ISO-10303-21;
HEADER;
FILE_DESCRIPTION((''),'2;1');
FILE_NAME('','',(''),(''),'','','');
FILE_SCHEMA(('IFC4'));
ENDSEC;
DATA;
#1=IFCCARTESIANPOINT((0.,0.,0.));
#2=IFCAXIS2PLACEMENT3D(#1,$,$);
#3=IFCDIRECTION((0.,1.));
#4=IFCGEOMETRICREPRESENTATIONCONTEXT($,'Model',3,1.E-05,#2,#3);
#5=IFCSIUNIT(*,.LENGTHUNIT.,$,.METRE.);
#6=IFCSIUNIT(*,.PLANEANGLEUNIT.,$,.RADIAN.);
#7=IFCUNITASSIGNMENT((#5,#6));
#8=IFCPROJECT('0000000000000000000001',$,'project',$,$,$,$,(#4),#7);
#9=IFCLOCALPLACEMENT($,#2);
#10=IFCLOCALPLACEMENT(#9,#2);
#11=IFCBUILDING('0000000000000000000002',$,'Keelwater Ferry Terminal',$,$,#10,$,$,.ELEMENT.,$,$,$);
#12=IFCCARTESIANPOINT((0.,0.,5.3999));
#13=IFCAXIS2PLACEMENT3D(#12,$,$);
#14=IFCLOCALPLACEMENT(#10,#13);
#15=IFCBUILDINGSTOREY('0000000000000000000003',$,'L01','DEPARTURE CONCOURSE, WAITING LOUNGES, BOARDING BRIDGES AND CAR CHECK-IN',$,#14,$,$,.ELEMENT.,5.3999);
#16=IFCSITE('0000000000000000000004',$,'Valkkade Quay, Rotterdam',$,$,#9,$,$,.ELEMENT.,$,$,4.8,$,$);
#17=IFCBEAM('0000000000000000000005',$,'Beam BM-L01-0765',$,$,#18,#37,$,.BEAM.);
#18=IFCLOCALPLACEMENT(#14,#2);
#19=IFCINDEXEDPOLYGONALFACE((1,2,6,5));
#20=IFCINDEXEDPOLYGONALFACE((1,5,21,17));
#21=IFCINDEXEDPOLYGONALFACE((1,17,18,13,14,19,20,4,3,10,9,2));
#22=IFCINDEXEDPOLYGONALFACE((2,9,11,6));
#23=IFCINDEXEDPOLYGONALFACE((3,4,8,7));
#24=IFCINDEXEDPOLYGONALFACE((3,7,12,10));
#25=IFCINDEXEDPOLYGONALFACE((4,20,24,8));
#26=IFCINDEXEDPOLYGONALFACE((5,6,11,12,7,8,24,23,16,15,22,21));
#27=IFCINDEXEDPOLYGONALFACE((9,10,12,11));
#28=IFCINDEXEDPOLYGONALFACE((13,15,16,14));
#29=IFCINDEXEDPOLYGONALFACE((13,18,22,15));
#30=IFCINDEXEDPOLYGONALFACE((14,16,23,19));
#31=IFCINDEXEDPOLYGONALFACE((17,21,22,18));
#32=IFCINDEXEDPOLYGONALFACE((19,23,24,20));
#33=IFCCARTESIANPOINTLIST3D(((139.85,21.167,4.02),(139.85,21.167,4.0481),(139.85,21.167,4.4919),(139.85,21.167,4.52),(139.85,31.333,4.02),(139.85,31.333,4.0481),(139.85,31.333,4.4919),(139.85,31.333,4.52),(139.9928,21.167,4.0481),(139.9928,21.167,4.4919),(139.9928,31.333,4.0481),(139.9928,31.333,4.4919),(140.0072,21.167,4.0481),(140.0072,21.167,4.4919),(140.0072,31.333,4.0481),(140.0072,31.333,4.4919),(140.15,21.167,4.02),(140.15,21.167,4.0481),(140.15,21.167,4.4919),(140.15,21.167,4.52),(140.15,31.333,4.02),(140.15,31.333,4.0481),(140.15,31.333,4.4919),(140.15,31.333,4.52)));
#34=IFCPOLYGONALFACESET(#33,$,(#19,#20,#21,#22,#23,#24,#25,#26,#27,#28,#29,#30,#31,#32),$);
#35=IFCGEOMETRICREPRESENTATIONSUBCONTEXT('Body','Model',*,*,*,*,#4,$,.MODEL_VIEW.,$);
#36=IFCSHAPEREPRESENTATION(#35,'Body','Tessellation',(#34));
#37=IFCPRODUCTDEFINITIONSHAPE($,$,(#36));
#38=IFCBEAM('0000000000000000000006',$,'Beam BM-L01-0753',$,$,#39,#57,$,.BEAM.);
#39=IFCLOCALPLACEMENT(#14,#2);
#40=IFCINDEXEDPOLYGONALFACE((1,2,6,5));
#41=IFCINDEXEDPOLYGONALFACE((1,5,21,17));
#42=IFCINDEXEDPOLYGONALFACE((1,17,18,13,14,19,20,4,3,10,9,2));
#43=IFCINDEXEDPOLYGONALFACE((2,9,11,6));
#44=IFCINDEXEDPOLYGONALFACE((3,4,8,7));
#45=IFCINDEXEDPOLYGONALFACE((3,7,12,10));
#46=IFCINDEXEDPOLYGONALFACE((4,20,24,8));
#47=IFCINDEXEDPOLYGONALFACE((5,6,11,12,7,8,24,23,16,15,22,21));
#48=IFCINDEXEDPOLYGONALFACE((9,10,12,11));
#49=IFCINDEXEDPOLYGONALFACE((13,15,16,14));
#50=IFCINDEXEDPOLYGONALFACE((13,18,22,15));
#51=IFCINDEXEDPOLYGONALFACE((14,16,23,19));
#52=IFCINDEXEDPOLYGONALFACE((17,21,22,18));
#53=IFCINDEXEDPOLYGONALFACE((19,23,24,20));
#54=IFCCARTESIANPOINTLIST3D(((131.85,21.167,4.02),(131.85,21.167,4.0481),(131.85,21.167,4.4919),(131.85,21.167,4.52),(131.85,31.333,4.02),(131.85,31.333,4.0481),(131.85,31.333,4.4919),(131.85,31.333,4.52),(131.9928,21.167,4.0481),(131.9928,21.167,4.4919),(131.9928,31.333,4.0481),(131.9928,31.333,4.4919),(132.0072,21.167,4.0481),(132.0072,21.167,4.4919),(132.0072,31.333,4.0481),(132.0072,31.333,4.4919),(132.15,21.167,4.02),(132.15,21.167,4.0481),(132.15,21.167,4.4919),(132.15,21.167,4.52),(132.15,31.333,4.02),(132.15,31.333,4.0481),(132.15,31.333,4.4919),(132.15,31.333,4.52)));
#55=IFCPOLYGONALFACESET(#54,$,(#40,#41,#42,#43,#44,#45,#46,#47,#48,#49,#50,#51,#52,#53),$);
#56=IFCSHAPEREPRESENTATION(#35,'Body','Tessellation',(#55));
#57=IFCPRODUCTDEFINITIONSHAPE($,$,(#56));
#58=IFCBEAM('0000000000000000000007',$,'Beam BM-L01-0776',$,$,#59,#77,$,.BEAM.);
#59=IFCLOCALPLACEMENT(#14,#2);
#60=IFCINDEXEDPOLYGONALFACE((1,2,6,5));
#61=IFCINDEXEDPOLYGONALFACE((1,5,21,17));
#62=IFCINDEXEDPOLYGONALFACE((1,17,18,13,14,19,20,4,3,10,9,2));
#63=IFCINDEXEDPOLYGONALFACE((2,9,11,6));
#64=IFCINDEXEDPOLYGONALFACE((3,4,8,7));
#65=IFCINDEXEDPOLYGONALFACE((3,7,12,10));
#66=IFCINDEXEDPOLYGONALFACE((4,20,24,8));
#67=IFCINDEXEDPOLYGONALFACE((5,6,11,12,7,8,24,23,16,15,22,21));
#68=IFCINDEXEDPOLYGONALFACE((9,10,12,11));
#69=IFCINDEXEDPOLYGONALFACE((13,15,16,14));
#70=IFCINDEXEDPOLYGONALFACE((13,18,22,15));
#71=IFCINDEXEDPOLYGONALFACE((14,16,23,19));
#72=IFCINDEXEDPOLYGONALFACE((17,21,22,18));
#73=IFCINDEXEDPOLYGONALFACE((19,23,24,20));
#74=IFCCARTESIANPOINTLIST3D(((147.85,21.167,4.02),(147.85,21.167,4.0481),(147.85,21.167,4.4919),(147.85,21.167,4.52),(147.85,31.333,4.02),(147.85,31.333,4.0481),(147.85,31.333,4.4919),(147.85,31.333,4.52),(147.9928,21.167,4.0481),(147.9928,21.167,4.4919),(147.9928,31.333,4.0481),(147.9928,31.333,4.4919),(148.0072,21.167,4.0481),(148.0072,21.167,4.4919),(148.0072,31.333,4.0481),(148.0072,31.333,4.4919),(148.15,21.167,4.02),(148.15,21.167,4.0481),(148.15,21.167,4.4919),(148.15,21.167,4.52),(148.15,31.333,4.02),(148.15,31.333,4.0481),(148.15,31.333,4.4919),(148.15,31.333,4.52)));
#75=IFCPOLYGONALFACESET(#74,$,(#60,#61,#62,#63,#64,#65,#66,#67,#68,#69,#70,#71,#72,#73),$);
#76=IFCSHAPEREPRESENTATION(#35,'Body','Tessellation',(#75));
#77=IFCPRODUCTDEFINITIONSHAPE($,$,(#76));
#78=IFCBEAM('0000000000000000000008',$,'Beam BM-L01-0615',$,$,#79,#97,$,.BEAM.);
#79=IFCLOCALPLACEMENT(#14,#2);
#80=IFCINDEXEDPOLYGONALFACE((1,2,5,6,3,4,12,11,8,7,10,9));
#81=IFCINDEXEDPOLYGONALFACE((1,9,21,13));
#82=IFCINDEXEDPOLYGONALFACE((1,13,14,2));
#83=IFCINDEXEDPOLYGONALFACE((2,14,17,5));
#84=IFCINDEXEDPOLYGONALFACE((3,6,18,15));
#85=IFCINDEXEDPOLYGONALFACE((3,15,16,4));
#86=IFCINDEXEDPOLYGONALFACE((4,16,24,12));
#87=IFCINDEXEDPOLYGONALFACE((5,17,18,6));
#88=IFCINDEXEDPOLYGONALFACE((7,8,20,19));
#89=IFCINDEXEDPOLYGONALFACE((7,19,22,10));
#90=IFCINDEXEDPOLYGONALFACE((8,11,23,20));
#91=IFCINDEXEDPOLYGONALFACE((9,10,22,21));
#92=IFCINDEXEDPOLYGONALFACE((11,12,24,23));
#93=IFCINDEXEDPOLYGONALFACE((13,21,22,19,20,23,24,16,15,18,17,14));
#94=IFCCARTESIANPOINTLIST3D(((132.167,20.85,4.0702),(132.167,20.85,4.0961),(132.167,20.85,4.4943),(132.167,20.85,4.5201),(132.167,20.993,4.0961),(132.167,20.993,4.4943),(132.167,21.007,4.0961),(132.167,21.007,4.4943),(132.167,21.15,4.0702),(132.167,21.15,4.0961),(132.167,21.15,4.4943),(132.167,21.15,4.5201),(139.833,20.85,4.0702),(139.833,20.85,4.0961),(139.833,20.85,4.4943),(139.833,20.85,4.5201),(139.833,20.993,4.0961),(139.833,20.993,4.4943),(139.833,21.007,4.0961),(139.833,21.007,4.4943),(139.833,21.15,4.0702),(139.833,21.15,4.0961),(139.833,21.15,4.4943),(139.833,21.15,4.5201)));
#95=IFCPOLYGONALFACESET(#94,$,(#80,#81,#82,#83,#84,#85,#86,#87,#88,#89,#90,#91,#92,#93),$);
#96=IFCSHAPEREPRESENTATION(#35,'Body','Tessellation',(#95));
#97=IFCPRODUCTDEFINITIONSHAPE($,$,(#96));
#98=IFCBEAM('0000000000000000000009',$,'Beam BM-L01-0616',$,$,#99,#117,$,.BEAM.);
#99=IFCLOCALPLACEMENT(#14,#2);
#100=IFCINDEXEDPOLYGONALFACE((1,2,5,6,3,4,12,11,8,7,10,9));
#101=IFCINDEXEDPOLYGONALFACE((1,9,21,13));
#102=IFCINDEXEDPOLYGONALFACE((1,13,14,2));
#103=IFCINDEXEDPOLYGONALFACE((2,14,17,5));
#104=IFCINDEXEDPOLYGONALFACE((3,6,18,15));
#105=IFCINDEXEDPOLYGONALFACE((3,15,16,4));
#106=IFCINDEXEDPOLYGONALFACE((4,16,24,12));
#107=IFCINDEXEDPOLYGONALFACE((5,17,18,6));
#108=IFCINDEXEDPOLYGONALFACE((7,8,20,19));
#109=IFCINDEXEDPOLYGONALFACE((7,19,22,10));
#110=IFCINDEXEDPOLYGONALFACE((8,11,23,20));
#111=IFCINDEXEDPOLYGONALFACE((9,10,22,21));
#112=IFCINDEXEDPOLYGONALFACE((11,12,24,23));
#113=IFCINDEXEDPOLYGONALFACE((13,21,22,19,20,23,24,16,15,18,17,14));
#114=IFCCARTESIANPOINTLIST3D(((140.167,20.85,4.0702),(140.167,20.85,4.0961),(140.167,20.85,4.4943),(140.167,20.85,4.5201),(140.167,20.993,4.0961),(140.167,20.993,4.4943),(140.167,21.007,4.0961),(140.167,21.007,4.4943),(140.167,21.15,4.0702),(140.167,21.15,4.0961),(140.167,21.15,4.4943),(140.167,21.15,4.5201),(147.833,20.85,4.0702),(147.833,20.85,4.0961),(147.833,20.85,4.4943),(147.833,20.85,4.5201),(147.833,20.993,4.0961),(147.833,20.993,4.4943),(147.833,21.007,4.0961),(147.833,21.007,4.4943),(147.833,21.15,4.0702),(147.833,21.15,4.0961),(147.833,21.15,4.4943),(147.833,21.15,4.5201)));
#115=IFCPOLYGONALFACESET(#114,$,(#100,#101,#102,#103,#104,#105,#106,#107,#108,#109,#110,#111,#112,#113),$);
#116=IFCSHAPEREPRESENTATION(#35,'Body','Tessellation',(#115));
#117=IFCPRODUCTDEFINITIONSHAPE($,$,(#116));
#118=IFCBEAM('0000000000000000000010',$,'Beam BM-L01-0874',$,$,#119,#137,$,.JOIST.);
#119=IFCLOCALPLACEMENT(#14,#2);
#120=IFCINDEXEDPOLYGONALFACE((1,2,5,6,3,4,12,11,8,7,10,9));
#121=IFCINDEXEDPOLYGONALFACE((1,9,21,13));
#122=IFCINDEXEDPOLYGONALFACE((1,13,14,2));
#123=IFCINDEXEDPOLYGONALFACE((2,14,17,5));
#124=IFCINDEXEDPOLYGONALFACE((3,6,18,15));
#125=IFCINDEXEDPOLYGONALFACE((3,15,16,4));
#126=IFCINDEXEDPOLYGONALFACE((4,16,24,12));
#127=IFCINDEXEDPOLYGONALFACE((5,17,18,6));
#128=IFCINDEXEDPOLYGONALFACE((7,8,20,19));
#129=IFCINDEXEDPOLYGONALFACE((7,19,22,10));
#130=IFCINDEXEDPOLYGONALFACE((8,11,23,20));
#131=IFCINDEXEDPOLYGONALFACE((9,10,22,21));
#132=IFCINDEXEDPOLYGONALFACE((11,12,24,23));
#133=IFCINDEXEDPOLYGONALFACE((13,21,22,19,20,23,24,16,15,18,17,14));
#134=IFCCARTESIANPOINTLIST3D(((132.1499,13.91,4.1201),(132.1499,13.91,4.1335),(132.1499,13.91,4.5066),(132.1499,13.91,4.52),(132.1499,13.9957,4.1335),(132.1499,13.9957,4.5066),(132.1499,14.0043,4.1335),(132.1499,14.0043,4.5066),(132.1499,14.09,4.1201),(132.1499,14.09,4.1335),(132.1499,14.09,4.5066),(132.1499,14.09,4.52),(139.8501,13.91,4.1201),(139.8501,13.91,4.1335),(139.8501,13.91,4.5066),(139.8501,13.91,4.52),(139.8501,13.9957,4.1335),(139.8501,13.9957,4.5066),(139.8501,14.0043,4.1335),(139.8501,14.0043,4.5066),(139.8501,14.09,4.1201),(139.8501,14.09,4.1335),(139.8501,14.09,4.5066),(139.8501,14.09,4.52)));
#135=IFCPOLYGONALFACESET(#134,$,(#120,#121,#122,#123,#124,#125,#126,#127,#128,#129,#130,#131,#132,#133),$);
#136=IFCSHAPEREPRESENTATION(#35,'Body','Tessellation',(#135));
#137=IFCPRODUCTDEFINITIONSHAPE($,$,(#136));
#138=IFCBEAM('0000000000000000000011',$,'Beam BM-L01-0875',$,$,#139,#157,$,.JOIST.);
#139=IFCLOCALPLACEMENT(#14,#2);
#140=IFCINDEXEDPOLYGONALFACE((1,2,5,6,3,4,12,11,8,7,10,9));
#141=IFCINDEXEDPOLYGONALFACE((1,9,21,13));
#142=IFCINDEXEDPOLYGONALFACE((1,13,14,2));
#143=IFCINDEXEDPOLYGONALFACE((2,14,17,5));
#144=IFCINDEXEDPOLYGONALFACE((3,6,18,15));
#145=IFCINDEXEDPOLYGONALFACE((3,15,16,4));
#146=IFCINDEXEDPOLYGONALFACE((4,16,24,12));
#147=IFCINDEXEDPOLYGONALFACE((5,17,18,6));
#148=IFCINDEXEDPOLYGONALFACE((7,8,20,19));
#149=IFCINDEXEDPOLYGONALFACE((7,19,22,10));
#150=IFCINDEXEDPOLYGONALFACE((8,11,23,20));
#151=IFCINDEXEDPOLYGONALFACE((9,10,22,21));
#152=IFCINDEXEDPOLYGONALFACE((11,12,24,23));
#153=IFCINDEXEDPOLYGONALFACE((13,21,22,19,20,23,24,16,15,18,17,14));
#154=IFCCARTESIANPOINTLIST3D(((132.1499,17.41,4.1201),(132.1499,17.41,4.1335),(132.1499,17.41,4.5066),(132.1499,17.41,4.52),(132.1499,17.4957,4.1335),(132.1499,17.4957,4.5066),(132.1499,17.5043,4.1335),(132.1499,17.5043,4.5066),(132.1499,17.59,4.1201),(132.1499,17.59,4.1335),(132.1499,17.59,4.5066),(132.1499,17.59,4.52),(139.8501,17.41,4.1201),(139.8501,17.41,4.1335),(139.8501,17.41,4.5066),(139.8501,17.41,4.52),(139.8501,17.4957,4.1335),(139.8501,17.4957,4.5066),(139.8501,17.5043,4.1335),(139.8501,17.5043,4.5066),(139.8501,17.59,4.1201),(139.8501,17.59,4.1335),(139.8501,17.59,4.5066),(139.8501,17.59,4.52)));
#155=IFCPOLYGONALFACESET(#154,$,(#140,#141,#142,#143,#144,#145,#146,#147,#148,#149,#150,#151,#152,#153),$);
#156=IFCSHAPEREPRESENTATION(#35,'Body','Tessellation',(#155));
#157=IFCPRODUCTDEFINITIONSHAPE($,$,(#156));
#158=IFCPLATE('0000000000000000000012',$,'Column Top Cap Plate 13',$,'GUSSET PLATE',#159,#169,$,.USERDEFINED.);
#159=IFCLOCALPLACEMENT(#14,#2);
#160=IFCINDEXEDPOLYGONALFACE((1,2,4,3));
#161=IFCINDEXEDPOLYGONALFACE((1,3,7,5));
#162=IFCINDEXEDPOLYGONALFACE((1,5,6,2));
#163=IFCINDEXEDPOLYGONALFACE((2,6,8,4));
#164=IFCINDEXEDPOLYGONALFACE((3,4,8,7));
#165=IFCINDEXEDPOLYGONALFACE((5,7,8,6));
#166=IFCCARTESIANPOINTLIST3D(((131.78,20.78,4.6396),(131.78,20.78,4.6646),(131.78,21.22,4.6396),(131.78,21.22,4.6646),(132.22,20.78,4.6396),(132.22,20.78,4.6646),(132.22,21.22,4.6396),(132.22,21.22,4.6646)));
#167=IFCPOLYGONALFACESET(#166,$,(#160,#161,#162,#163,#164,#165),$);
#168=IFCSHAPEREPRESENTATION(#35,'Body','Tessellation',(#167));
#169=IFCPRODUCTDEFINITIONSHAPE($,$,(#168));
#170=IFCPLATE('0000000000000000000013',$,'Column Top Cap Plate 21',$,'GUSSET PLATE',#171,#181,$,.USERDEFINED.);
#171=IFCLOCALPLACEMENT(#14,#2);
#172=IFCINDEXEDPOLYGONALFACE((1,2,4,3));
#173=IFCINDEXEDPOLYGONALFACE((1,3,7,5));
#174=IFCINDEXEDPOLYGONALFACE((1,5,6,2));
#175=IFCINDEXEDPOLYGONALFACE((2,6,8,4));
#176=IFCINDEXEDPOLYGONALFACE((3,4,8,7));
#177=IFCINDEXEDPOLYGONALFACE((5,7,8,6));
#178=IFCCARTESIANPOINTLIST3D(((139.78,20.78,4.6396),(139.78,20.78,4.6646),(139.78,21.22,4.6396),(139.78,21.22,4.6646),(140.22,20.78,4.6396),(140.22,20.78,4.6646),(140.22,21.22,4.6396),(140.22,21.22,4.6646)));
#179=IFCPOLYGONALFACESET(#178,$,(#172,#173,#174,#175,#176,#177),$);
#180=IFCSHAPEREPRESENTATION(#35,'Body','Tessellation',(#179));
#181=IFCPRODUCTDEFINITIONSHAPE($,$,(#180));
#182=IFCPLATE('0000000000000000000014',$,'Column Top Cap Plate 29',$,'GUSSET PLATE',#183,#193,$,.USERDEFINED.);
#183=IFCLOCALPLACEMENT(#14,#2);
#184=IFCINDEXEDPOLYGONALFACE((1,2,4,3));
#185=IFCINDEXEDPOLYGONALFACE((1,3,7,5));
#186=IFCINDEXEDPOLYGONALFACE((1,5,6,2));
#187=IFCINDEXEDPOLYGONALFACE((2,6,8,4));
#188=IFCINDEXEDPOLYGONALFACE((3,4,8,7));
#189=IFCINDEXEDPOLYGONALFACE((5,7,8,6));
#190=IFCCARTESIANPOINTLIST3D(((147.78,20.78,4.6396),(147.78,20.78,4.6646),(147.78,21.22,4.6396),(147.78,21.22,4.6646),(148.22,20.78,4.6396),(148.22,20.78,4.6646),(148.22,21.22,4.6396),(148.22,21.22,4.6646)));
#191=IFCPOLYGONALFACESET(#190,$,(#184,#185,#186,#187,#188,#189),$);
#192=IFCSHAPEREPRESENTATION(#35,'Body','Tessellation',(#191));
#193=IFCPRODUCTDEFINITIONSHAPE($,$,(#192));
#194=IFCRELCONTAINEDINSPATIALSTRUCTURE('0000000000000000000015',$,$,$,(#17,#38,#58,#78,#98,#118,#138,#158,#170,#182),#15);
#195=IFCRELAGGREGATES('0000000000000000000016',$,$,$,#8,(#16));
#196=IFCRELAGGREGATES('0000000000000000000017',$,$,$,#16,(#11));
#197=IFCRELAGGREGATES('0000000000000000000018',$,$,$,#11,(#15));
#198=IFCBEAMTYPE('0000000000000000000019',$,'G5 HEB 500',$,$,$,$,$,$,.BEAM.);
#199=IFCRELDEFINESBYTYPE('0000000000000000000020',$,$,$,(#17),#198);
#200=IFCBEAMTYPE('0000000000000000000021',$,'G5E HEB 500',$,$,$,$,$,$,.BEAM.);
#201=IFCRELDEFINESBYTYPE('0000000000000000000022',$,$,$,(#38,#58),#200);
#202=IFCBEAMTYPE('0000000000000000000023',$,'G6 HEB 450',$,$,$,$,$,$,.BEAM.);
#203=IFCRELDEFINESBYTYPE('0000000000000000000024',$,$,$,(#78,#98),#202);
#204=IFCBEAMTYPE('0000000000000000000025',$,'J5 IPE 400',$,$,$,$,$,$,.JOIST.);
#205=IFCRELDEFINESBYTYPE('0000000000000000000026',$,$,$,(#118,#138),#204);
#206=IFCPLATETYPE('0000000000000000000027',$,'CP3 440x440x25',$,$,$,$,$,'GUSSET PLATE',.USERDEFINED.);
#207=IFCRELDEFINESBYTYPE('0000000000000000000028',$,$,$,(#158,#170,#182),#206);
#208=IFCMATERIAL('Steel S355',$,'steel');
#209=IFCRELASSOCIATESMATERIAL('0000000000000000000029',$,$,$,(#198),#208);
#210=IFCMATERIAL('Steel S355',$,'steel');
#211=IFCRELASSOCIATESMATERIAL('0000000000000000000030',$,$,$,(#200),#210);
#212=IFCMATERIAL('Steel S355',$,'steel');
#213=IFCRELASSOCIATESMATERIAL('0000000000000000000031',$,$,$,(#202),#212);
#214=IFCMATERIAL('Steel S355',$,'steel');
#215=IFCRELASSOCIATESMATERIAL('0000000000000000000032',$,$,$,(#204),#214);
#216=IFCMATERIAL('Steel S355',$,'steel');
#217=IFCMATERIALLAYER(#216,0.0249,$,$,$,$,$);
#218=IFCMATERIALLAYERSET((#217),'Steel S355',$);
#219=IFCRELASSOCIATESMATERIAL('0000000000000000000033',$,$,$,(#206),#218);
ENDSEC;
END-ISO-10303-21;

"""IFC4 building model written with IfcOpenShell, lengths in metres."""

from ifc_helpers import new_model, si_unit, direction, frame, origin, origin_2d, place, context, subcontext, project, spatial, rectangle, i_section, extrude, material, layer, layer_set, material_profile, profile_set, type_object, element, save


model = new_model("IFC4")

# Units and contexts
model_context = context("Model", 3, precision=1e-05, world=origin(), true_north=direction((0.0, 1.0)))
body_context = subcontext(model_context, "Body", "Model", "MODEL_VIEW")
ifc_project = project(units=[si_unit("LENGTHUNIT", "METRE"), si_unit("PLANEANGLEUNIT", "RADIAN")], contexts=[model_context])

# Site, building, storey
site_placement = place(None, origin())
site = spatial("IfcSite", under=ifc_project, at=site_placement, Name="Valkkade Quay, Rotterdam", CompositionType="ELEMENT", RefElevation=4.8)
building_placement = place(site_placement, origin())
building = spatial("IfcBuilding", under=site, at=building_placement, Name="Keelwater Ferry Terminal", CompositionType="ELEMENT")
storey_placement = place(building_placement, frame((0.0, 0.0, 5.3999)))
storey = spatial("IfcBuildingStorey", under=building, at=storey_placement, Name="L01", Description="DEPARTURE CONCOURSE, WAITING LOUNGES, BOARDING BRIDGES AND CAR CHECK-IN", CompositionType="ELEMENT", Elevation=5.3999)

# Beams
ifc_material_1 = material(Name="Steel S355", Category="steel")
ifc_material_profile_1 = material_profile(ifc_material_1, i_section(OverallWidth=0.3, OverallDepth=0.5, WebThickness=0.0144, FlangeThickness=0.0281, at=origin_2d()), Name="HEB 500")
ifc_profile_set_1 = profile_set([ifc_material_profile_1], Name="Steel S355")
beam_type_1 = type_object("IfcBeamType", Name="G5 HEB 500", PredefinedType="BEAM", material=ifc_profile_set_1)
beam_placement = place(storey_placement, frame((140.0, 21.167, 4.27), z_axis=(0.0, 1.0, 0.0), x_axis=(-1.0, 0.0, 0.0)))
element("IfcBeam", 1, at=beam_placement, inside=storey, type_object=beam_type_1, Name="Beam BM-L01-0765", PredefinedType="BEAM", context=body_context, shape_type="SweptSolid", body=[
    extrude(i_section(OverallWidth=0.3, OverallDepth=0.5, WebThickness=0.0144, FlangeThickness=0.0281, at=origin_2d()), origin(), (0.0, 0.0, 1.0), 10.166),
])
ifc_material_2 = material(Name="Steel S355", Category="steel")
ifc_material_profile_2 = material_profile(ifc_material_2, i_section(OverallWidth=0.3, OverallDepth=0.5, WebThickness=0.0144, FlangeThickness=0.0281, at=origin_2d()), Name="HEB 500")
ifc_profile_set_2 = profile_set([ifc_material_profile_2], Name="Steel S355")
beam_type_2 = type_object("IfcBeamType", Name="G5E HEB 500", PredefinedType="BEAM", material=ifc_profile_set_2)
for number, where, z_axis, x_axis, name in (
    (2, (132.0, 21.167, 4.27), (0.0, 1.0, 0.0), (-1.0, 0.0, 0.0), "Beam BM-L01-0753"),
    (3, (148.0, 21.167, 4.27), (0.0, 1.0, 0.0), (-1.0, 0.0, 0.0), "Beam BM-L01-0776"),
):
    element("IfcBeam", number, at=place(storey_placement, frame(where, z_axis=z_axis, x_axis=x_axis)), inside=storey, type_object=beam_type_2, Name=name, PredefinedType="BEAM", context=body_context, shape_type="SweptSolid", body=[
        extrude(i_section(OverallWidth=0.3, OverallDepth=0.5, WebThickness=0.0144, FlangeThickness=0.0281, at=origin_2d()), origin(), (0.0, 0.0, 1.0), 10.166),
    ])
ifc_material_3 = material(Name="Steel S355", Category="steel")
ifc_material_profile_3 = material_profile(ifc_material_3, i_section(OverallWidth=0.3, OverallDepth=0.45, WebThickness=0.0139, FlangeThickness=0.0259, at=origin_2d()), Name="HEB 450")
ifc_profile_set_3 = profile_set([ifc_material_profile_3], Name="Steel S355")
beam_type_3 = type_object("IfcBeamType", Name="G6 HEB 450", PredefinedType="BEAM", material=ifc_profile_set_3)
for number, where, z_axis, x_axis, name in (
    (4, (132.167, 21.0, 4.2952), (1.0, 0.0, 0.0), (0.0, 1.0, 0.0), "Beam BM-L01-0615"),
    (5, (140.167, 21.0, 4.2952), (1.0, 0.0, 0.0), (0.0, 1.0, 0.0), "Beam BM-L01-0616"),
):
    element("IfcBeam", number, at=place(storey_placement, frame(where, z_axis=z_axis, x_axis=x_axis)), inside=storey, type_object=beam_type_3, Name=name, PredefinedType="BEAM", context=body_context, shape_type="SweptSolid", body=[
        extrude(i_section(OverallWidth=0.3, OverallDepth=0.45, WebThickness=0.0139, FlangeThickness=0.0259, at=origin_2d()), origin(), (0.0, 0.0, 1.0), 7.666),
    ])
ifc_material_4 = material(Name="Steel S355", Category="steel")
ifc_material_profile_4 = material_profile(ifc_material_4, i_section(OverallWidth=0.1799, OverallDepth=0.3999, WebThickness=0.0085, FlangeThickness=0.0134, at=origin_2d()), Name="IPE 400")
ifc_profile_set_4 = profile_set([ifc_material_profile_4], Name="Steel S355")
beam_type_4 = type_object("IfcBeamType", Name="J5 IPE 400", PredefinedType="JOIST", material=ifc_profile_set_4)
for number, where, z_axis, x_axis, name in (
    (6, (132.1499, 14.0, 4.3201), (1.0, 0.0, 0.0), (0.0, 1.0, 0.0), "Beam BM-L01-0874"),
    (7, (132.1499, 17.5, 4.3201), (1.0, 0.0, 0.0), (0.0, 1.0, 0.0), "Beam BM-L01-0875"),
):
    element("IfcBeam", number, at=place(storey_placement, frame(where, z_axis=z_axis, x_axis=x_axis)), inside=storey, type_object=beam_type_4, Name=name, PredefinedType="JOIST", context=body_context, shape_type="SweptSolid", body=[
        extrude(i_section(OverallWidth=0.1799, OverallDepth=0.3999, WebThickness=0.0085, FlangeThickness=0.0134, at=origin_2d()), origin(), (0.0, 0.0, 1.0), 7.7002),
    ])

# Plates
ifc_material_5 = material(Name="Steel S355", Category="steel")
ifc_layer_1 = layer(ifc_material_5, 0.0249)
ifc_layer_set_1 = layer_set([ifc_layer_1], Name="Steel S355")
plate_type_1 = type_object("IfcPlateType", Name="CP3 440x440x25", ElementType="GUSSET PLATE", PredefinedType="USERDEFINED", material=ifc_layer_set_1)
for number, where, z_axis, x_axis, name in (
    (8, (132.0, 21.0, 4.6396), (0.0, 0.0, 1.0), (1.0, 0.0, 0.0), "Column Top Cap Plate 13"),
    (9, (140.0, 21.0, 4.6396), (0.0, 0.0, 1.0), (1.0, 0.0, 0.0), "Column Top Cap Plate 21"),
    (10, (148.0, 21.0, 4.6396), (0.0, 0.0, 1.0), (1.0, 0.0, 0.0), "Column Top Cap Plate 29"),
):
    element("IfcPlate", number, at=place(storey_placement, frame(where, z_axis=z_axis, x_axis=x_axis)), inside=storey, type_object=plate_type_1, Name=name, ObjectType="GUSSET PLATE", PredefinedType="USERDEFINED", context=body_context, shape_type="SweptSolid", body=[
        extrude(rectangle(XDim=0.4399, YDim=0.4399, at=origin_2d()), origin(), (0.0, 0.0, 1.0), 0.0249),
    ])

save(model, "model.ifc")
